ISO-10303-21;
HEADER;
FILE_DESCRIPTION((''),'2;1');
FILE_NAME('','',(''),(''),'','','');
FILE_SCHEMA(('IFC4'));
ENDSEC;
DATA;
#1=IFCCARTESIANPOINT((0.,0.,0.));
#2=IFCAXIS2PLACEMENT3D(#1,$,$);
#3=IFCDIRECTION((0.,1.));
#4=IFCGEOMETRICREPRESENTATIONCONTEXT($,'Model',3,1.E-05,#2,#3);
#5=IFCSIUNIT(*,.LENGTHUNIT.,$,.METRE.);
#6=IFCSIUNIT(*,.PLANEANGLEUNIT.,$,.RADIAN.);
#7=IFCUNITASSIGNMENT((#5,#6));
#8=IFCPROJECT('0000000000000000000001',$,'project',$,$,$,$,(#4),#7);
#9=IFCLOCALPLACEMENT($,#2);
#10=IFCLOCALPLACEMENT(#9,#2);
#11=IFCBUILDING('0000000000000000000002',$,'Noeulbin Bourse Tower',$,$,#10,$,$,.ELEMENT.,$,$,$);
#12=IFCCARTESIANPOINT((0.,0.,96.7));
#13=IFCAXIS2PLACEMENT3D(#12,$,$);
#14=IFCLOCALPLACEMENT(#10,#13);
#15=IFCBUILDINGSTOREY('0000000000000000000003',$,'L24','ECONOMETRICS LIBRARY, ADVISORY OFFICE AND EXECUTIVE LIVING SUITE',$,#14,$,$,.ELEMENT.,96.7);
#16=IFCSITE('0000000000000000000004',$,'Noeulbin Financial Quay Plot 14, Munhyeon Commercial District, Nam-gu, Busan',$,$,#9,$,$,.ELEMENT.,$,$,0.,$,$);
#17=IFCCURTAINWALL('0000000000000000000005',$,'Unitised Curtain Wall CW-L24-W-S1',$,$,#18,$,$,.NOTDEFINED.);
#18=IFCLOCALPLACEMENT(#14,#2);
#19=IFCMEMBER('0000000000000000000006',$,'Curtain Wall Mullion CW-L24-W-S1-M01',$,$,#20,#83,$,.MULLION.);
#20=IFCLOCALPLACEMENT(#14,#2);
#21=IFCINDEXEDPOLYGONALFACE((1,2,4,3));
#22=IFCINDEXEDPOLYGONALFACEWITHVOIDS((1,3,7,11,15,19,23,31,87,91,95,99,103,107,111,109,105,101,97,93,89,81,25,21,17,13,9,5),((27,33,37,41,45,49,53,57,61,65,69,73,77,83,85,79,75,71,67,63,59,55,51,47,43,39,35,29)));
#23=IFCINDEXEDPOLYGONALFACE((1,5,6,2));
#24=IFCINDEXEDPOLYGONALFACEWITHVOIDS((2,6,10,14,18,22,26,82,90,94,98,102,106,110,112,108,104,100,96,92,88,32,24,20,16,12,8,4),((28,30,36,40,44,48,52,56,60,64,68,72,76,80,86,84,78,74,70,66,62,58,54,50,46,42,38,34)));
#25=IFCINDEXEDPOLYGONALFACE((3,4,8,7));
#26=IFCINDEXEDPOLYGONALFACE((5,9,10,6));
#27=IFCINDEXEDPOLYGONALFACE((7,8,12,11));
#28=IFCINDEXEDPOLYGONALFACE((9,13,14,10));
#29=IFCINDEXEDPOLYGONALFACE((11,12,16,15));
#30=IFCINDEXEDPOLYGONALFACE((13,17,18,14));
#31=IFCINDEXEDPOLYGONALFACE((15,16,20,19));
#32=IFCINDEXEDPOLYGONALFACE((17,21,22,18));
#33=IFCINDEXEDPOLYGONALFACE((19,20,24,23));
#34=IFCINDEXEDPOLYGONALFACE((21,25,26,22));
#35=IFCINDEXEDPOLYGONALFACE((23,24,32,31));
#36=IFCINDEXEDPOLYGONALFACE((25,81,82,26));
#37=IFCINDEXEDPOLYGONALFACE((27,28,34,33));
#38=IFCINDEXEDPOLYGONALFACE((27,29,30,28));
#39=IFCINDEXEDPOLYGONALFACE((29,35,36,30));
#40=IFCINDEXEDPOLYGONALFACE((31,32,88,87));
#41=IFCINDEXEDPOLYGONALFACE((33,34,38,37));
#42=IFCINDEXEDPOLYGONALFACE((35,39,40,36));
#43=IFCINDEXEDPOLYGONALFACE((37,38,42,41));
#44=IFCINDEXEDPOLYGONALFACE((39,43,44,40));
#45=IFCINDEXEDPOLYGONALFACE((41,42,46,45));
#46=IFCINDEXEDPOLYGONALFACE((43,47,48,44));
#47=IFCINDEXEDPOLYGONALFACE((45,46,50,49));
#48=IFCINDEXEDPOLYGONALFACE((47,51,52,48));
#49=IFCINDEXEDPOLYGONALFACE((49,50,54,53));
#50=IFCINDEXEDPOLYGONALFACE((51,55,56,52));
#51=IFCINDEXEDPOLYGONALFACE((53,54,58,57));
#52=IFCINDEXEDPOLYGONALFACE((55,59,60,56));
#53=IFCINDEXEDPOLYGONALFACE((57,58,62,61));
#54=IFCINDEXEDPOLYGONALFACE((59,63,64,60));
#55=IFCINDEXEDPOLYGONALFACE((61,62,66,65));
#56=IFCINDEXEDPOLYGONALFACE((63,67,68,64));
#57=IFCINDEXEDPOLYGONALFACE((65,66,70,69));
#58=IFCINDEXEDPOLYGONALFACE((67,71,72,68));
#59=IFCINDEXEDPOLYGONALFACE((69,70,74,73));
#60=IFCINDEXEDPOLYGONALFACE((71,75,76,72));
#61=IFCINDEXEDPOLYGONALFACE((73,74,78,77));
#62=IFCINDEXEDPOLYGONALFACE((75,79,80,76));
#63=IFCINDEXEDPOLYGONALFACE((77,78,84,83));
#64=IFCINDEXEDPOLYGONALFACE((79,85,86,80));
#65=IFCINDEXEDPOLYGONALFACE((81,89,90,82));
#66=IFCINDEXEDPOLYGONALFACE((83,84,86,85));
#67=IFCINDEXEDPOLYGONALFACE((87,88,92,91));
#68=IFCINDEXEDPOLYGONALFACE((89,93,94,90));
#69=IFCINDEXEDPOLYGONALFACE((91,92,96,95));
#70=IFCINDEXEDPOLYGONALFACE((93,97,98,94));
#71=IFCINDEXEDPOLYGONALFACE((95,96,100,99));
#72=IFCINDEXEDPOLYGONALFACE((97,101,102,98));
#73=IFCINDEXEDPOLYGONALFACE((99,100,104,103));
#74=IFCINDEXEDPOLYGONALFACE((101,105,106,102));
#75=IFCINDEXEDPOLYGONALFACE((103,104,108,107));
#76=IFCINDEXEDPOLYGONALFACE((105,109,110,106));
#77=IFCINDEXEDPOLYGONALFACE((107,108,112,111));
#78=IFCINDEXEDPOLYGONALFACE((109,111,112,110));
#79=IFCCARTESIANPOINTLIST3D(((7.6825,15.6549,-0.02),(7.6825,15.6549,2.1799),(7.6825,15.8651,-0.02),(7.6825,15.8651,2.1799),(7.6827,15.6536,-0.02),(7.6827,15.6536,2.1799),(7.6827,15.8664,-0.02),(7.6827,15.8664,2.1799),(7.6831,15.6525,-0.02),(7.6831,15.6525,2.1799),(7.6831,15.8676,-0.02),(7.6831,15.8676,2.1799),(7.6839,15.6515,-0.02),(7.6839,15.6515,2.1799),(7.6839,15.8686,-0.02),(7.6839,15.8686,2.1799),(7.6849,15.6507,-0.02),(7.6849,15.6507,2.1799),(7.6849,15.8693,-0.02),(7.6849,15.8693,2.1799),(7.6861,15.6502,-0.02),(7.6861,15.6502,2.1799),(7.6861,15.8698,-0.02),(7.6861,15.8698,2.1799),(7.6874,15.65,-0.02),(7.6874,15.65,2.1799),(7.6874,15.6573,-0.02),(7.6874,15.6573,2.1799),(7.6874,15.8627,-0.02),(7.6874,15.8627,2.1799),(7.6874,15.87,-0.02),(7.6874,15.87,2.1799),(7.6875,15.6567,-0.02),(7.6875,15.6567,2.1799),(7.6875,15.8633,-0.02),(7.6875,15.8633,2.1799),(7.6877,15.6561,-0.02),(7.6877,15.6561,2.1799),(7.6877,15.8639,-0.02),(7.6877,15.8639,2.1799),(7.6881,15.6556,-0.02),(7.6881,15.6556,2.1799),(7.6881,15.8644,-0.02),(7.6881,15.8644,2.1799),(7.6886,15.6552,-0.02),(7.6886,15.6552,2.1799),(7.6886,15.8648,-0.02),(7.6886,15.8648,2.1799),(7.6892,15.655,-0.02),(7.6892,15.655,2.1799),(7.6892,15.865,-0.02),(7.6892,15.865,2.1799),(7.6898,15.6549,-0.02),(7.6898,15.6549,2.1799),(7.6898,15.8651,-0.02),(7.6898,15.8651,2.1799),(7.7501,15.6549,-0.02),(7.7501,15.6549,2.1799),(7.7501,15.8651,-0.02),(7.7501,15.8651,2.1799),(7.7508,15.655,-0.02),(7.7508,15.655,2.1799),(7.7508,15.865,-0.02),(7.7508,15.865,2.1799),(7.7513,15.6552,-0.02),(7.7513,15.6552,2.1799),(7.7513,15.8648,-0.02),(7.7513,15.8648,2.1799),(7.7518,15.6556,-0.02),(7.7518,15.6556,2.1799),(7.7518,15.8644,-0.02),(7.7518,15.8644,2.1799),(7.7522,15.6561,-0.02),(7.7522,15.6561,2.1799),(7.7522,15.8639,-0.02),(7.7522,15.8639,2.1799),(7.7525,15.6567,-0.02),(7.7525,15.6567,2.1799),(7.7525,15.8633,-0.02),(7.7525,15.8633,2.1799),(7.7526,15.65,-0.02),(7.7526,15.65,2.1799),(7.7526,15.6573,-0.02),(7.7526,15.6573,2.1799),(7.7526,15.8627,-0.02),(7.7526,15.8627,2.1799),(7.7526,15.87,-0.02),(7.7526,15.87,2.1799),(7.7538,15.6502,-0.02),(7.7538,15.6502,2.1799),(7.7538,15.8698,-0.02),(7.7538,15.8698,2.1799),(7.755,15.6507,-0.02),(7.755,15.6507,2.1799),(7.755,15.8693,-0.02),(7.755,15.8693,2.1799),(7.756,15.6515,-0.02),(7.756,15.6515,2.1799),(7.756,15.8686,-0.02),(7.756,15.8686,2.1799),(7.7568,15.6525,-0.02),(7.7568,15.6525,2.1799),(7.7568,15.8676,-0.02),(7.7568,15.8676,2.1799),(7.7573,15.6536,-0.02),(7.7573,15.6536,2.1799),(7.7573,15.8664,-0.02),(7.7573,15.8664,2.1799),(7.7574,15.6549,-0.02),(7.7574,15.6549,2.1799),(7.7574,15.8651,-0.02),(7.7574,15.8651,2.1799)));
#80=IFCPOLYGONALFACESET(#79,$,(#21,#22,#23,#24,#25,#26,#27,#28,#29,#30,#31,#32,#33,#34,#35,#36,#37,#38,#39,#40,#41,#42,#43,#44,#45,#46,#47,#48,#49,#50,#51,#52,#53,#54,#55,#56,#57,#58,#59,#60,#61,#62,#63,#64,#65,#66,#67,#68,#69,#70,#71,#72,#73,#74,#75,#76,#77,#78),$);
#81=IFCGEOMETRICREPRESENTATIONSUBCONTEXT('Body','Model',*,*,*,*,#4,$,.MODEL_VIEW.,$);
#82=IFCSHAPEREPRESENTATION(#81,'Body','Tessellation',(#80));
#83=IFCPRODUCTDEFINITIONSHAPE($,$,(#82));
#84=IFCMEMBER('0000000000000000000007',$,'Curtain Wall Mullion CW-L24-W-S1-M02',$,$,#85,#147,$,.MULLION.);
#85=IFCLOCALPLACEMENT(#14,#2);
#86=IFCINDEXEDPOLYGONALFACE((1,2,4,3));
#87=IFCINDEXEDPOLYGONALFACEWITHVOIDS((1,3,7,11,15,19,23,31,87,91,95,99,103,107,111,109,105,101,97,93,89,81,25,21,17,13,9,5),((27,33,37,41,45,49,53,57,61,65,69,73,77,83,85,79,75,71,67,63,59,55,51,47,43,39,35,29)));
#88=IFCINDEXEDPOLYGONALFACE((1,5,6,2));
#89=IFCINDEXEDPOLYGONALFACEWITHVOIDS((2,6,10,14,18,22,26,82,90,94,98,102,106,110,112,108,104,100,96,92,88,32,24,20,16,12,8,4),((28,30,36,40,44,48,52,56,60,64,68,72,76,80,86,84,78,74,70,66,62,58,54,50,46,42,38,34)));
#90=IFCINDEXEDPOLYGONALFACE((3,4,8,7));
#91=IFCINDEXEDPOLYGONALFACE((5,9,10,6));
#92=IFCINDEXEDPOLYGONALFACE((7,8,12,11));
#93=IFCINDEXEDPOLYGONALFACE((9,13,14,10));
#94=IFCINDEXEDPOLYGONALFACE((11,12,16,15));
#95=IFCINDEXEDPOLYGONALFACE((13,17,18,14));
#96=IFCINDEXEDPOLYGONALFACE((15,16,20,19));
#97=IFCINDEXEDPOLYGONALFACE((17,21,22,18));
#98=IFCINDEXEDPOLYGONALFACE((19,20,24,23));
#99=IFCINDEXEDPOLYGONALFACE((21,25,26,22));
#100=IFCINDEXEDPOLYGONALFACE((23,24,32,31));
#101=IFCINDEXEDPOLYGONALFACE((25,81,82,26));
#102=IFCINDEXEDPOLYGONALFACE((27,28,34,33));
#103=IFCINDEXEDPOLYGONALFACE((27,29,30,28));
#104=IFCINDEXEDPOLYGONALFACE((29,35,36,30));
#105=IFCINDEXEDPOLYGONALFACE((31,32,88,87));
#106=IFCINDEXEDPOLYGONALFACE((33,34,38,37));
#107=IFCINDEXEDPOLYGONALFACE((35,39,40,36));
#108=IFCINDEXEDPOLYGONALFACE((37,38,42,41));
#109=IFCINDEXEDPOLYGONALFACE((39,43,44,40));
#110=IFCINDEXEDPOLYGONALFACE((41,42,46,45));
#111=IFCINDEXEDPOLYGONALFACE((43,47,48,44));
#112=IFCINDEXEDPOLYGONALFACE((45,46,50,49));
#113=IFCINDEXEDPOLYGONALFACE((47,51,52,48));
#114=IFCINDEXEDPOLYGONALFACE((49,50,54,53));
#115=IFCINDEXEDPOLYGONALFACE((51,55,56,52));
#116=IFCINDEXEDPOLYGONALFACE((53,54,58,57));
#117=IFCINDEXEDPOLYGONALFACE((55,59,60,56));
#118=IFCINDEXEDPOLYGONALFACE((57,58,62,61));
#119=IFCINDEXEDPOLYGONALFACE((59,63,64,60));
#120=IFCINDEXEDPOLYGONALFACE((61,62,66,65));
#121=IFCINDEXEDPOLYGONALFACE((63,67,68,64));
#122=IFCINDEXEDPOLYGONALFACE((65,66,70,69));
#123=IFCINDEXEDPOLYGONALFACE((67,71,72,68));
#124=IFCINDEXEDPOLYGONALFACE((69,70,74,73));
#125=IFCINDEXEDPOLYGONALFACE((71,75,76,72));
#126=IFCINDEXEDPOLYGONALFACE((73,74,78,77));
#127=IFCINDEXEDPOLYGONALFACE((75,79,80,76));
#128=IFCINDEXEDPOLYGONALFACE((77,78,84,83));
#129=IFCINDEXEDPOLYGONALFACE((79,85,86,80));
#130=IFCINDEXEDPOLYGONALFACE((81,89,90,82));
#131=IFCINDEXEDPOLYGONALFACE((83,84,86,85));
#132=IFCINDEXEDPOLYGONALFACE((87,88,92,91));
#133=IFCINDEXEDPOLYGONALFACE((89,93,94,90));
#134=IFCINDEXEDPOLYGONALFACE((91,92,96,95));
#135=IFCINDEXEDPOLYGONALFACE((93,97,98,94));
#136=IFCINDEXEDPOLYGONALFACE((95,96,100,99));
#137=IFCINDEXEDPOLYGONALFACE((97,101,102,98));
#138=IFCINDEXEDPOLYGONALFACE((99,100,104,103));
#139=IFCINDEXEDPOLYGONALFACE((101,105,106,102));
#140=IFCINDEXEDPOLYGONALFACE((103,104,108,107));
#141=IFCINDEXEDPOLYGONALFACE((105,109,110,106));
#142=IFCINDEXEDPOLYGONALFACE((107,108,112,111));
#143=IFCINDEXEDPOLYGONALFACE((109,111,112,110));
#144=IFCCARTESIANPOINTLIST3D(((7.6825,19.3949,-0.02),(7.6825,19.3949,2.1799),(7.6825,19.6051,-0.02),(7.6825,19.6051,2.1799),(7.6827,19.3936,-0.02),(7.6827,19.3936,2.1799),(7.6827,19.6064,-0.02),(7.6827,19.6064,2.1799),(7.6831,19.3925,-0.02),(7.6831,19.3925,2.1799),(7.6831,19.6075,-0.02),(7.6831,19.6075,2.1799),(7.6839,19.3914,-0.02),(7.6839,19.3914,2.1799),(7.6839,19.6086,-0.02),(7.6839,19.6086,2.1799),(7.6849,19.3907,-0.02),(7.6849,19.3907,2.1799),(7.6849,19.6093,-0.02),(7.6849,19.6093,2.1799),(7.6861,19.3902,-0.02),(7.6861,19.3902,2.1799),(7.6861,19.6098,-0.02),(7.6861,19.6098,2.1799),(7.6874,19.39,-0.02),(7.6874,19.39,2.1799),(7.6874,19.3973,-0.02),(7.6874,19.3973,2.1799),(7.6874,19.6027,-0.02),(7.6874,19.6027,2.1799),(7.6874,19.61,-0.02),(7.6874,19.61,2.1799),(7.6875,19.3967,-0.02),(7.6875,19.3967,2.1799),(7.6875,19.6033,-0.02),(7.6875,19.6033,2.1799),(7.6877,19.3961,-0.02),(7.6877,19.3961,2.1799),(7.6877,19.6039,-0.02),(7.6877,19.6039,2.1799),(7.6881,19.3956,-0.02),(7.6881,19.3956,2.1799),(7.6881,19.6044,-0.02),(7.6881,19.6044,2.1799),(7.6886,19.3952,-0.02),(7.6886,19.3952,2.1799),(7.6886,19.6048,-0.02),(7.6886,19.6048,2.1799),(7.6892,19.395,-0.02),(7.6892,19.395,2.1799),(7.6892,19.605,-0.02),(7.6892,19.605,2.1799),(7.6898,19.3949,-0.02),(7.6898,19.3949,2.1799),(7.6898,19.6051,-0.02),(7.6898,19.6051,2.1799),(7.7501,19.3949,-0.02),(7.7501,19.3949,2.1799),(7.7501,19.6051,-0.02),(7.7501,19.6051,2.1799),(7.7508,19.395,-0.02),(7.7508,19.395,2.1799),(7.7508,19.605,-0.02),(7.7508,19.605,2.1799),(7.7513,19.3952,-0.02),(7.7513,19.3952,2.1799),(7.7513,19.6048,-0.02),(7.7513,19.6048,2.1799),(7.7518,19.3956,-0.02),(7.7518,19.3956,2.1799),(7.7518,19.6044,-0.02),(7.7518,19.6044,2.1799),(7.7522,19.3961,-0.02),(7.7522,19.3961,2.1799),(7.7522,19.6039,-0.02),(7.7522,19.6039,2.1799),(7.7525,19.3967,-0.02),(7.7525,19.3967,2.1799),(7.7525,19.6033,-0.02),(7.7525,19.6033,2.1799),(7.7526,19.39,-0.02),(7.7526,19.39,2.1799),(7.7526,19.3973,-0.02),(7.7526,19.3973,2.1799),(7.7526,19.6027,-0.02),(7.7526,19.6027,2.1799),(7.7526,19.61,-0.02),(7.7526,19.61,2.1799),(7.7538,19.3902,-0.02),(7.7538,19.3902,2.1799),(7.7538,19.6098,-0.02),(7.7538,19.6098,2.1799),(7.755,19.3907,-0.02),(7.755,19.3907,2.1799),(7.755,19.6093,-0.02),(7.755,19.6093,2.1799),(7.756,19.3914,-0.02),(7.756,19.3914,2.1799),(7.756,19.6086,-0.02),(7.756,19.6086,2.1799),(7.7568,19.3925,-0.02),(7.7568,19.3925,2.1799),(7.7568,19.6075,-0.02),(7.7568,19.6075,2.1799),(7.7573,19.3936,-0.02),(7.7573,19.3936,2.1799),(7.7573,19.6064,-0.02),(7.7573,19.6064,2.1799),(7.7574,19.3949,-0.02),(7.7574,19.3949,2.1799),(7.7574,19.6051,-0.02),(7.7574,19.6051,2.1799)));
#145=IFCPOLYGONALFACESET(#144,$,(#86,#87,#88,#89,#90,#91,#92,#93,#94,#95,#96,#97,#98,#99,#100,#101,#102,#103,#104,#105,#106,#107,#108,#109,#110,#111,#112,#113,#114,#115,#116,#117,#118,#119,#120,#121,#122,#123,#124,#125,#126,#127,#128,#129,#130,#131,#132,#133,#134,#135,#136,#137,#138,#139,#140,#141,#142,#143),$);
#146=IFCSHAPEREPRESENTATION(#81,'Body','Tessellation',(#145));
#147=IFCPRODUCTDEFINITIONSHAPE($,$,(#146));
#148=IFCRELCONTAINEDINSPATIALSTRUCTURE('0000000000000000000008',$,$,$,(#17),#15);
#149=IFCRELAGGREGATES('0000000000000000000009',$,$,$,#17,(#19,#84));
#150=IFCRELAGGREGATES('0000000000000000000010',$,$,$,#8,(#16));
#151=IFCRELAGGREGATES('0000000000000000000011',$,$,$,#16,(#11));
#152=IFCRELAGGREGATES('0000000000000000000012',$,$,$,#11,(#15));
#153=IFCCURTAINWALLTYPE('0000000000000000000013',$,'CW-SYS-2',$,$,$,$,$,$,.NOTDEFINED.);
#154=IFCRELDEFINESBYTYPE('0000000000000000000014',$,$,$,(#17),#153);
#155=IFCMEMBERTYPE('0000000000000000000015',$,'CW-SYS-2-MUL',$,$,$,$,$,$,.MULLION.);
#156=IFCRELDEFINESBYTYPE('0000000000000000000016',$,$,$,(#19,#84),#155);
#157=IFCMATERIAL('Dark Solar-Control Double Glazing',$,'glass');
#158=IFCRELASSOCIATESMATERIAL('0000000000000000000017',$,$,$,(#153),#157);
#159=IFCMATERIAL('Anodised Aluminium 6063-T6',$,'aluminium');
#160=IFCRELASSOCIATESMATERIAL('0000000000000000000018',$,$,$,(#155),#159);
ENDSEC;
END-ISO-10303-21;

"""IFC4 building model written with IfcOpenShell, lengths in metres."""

from ifc_helpers import new_model, si_unit, direction, frame, origin, origin_2d, place, context, subcontext, project, spatial, hollow_rectangle, extrude, material, material_profile, profile_set, type_object, element, aggregate, save


model = new_model("IFC4")

# Units and contexts
model_context = context("Model", 3, precision=1e-05, world=origin(), true_north=direction((0.0, 1.0)))
body_context = subcontext(model_context, "Body", "Model", "MODEL_VIEW")
ifc_project = project(units=[si_unit("LENGTHUNIT", "METRE"), si_unit("PLANEANGLEUNIT", "RADIAN")], contexts=[model_context])

# Site, building, storey
site_placement = place(None, origin())
site = spatial("IfcSite", under=ifc_project, at=site_placement, Name="Noeulbin Financial Quay Plot 14, Munhyeon Commercial District, Nam-gu, Busan", CompositionType="ELEMENT", RefElevation=0.0)
building_placement = place(site_placement, origin())
building = spatial("IfcBuilding", under=site, at=building_placement, Name="Noeulbin Bourse Tower", CompositionType="ELEMENT")
storey_placement = place(building_placement, frame((0.0, 0.0, 96.7)))
storey = spatial("IfcBuildingStorey", under=building, at=storey_placement, Name="L24", Description="ECONOMETRICS LIBRARY, ADVISORY OFFICE AND EXECUTIVE LIVING SUITE", CompositionType="ELEMENT", Elevation=96.7)

# Curtain wall, members
ifc_material_1 = material(Name="Dark Solar-Control Double Glazing", Category="glass")
curtain_wall_type = type_object("IfcCurtainWallType", Name="CW-SYS-2", PredefinedType="NOTDEFINED", material=ifc_material_1)
curtain_wall_placement = place(storey_placement, origin())
curtain_wall = element("IfcCurtainWall", 1, at=curtain_wall_placement, inside=storey, type_object=curtain_wall_type, Name="Unitised Curtain Wall CW-L24-W-S1", PredefinedType="NOTDEFINED")
ifc_material_2 = material(Name="Anodised Aluminium 6063-T6", Category="aluminium")
ifc_material_profile_1 = material_profile(ifc_material_2, hollow_rectangle(XDim=0.075, YDim=0.22, WallThickness=0.0049, InnerFilletRadius=0.0024, OuterFilletRadius=0.0049, at=origin_2d()), Name="ALU-MULL-75x220x5", Category="LoadBearing")
ifc_profile_set_1 = profile_set([ifc_material_profile_1], Name="Anodised Aluminium 6063-T6")
member_type_1 = type_object("IfcMemberType", Name="CW-SYS-2-MUL", PredefinedType="MULLION", material=ifc_profile_set_1)
member_1_placement = place(storey_placement, frame((7.72, 15.76, -0.02), z_axis=(0.0, 0.0, 1.0), x_axis=(1.0, 0.0, 0.0)))
member_1 = element("IfcMember", 2, at=member_1_placement, type_object=member_type_1, Name="Curtain Wall Mullion CW-L24-W-S1-M01", PredefinedType="MULLION", context=body_context, shape_type="SweptSolid", body=[
    extrude(hollow_rectangle(XDim=0.075, YDim=0.22, WallThickness=0.0049, InnerFilletRadius=0.0024, OuterFilletRadius=0.0049, at=origin_2d()), origin(), (0.0, 0.0, 1.0), 2.2),
])
member_2_placement = place(storey_placement, frame((7.72, 19.5, -0.02), z_axis=(0.0, 0.0, 1.0), x_axis=(1.0, 0.0, 0.0)))
member_2 = element("IfcMember", 3, at=member_2_placement, type_object=member_type_1, Name="Curtain Wall Mullion CW-L24-W-S1-M02", PredefinedType="MULLION", context=body_context, shape_type="SweptSolid", body=[
    extrude(hollow_rectangle(XDim=0.075, YDim=0.22, WallThickness=0.0049, InnerFilletRadius=0.0024, OuterFilletRadius=0.0049, at=origin_2d()), origin(), (0.0, 0.0, 1.0), 2.2),
])
aggregate(curtain_wall, [member_1, member_2])

save(model, "model.ifc")
